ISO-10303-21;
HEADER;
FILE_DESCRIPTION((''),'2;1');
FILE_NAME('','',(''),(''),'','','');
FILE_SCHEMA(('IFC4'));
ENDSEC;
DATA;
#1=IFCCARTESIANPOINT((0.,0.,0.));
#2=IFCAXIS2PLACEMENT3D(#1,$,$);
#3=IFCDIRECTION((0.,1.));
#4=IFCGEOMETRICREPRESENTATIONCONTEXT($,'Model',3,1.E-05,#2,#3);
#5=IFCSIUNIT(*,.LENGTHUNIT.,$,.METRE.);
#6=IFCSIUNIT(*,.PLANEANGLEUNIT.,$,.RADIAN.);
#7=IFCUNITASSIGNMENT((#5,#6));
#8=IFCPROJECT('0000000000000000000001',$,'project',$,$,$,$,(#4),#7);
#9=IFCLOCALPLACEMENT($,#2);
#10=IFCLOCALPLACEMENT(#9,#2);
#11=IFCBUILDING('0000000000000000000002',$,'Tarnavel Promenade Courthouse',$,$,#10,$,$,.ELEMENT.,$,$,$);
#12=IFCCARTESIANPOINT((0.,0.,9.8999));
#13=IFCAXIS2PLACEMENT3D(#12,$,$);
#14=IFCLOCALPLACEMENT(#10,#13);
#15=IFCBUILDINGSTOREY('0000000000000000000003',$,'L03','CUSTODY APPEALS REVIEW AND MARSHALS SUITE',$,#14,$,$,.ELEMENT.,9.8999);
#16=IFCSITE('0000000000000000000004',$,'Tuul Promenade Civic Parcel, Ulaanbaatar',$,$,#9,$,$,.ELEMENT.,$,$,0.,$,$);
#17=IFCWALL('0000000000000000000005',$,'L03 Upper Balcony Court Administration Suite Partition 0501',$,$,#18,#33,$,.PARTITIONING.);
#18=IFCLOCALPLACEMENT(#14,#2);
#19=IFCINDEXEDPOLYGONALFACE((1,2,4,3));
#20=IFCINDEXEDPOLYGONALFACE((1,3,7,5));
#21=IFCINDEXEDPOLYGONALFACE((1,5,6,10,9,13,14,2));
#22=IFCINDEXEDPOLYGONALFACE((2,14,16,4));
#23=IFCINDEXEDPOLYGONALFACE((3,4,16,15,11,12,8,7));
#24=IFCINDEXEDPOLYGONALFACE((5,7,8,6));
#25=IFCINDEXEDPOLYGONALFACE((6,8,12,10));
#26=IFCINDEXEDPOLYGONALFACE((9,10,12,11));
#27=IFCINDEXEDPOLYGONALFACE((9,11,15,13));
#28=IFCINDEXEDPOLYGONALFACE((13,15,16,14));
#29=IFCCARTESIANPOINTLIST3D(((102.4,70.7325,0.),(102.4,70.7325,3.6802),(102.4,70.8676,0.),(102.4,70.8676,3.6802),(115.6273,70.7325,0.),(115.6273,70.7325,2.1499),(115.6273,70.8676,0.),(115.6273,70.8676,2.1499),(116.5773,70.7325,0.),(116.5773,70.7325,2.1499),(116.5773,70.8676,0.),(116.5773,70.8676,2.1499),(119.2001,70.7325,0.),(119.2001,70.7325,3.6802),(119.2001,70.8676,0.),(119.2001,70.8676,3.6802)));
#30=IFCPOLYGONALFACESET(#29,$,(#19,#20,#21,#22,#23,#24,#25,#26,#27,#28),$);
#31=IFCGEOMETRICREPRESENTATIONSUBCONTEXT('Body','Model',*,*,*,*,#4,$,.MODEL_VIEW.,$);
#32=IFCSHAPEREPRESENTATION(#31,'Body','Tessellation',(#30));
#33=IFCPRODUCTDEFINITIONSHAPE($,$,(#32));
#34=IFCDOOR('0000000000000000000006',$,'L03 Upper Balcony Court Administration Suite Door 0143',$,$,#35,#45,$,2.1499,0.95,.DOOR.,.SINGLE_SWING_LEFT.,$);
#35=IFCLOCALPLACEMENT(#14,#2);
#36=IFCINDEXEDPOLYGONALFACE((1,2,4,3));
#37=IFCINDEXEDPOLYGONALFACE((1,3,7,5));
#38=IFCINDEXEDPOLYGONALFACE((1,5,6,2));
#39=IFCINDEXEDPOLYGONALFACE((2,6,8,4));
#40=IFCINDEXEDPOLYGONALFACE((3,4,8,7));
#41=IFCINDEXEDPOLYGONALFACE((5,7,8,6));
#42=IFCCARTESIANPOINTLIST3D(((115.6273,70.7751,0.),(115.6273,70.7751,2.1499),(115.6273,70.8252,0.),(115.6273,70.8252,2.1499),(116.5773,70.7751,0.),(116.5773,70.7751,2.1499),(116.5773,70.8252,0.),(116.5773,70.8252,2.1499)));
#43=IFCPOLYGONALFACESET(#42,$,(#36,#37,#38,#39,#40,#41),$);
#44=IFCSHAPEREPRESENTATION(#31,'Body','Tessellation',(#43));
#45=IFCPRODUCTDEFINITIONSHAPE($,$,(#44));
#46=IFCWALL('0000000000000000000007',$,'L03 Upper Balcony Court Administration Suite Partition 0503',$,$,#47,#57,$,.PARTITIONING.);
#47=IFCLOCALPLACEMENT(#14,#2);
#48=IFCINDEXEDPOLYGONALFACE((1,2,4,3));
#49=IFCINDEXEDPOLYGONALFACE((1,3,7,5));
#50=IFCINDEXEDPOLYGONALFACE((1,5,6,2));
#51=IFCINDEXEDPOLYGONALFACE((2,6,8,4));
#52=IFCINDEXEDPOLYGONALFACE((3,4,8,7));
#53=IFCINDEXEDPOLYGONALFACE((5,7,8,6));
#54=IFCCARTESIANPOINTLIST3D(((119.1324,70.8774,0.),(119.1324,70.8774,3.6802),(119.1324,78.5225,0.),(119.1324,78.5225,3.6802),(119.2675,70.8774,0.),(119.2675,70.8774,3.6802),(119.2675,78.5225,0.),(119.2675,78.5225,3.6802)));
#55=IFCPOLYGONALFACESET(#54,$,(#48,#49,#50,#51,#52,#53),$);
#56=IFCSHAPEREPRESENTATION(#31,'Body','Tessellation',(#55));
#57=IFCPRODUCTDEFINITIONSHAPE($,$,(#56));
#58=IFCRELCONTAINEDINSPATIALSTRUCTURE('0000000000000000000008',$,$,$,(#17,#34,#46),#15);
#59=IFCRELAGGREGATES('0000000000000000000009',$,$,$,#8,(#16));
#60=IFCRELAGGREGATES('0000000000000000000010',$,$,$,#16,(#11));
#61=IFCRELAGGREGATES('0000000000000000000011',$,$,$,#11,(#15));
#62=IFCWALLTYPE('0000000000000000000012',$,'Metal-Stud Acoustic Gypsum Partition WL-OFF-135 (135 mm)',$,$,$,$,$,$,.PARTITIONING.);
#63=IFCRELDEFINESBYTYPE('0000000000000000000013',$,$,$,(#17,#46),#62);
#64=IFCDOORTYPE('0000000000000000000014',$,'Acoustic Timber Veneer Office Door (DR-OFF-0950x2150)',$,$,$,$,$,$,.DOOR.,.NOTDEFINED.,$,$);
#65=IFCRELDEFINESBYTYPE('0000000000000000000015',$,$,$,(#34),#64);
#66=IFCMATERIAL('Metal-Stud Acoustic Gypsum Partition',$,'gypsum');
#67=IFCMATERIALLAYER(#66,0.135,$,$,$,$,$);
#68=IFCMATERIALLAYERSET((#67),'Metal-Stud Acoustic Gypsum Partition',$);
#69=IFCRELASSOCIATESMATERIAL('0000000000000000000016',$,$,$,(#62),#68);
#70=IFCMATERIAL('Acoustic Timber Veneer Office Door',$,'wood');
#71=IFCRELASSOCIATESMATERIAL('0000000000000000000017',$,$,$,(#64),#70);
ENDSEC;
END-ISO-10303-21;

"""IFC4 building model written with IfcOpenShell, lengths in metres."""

from ifc_helpers import new_model, si_unit, direction, frame, frame_2d, origin, place, context, subcontext, project, spatial, rectangle, extrude, material, layer, layer_set, type_object, element, fill, save


model = new_model("IFC4")

# Units and contexts
model_context = context("Model", 3, precision=1e-05, world=origin(), true_north=direction((0.0, 1.0)))
body_context = subcontext(model_context, "Body", "Model", "MODEL_VIEW")
ifc_project = project(units=[si_unit("LENGTHUNIT", "METRE"), si_unit("PLANEANGLEUNIT", "RADIAN")], contexts=[model_context])

# Site, building, storey
site_placement = place(None, origin())
site = spatial("IfcSite", under=ifc_project, at=site_placement, Name="Tuul Promenade Civic Parcel, Ulaanbaatar", CompositionType="ELEMENT", RefElevation=0.0)
building_placement = place(site_placement, origin())
building = spatial("IfcBuilding", under=site, at=building_placement, Name="Tarnavel Promenade Courthouse", CompositionType="ELEMENT")
storey_placement = place(building_placement, frame((0.0, 0.0, 9.8999)))
storey = spatial("IfcBuildingStorey", under=building, at=storey_placement, Name="L03", Description="CUSTODY APPEALS REVIEW AND MARSHALS SUITE", CompositionType="ELEMENT", Elevation=9.8999)

# Wall, opening, door
ifc_material_1 = material(Name="Metal-Stud Acoustic Gypsum Partition", Category="gypsum")
ifc_layer_1 = layer(ifc_material_1, 0.135)
ifc_layer_set_1 = layer_set([ifc_layer_1], Name="Metal-Stud Acoustic Gypsum Partition")
wall_type = type_object("IfcWallType", Name="Metal-Stud Acoustic Gypsum Partition WL-OFF-135 (135 mm)", PredefinedType="PARTITIONING", material=ifc_layer_set_1)
wall_1_placement = place(storey_placement, frame((119.2, 70.8, 0.0), z_axis=(0.0, 0.0, 1.0), x_axis=(-1.0, 0.0, 0.0)))
wall_1 = element("IfcWall", 1, at=wall_1_placement, inside=storey, type_object=wall_type, Name="L03 Upper Balcony Court Administration Suite Partition 0501", PredefinedType="PARTITIONING", context=body_context, shape_type="SweptSolid", body=[
    extrude(rectangle(XDim=16.8, YDim=0.135, at=frame_2d((8.3999, 0.0))), origin(), (0.0, 0.0, 1.0), 3.6802),
])
opening_placement = place(wall_1_placement, frame((2.6226, 0.0, 0.0)))
opening = element("IfcOpeningElement", 2, at=opening_placement, cuts=wall_1, PredefinedType="OPENING", context=body_context, shape_type="SweptSolid", body=[
    extrude(rectangle(XDim=0.95, YDim=2.1499, at=frame_2d((0.4751, 1.075))), frame((0.0, 0.0774, 0.0), z_axis=(0.0, -1.0, 0.0), x_axis=(1.0, 0.0, 0.0)), (0.0, 0.0, 1.0), 0.155),
])
ifc_material_2 = material(Name="Acoustic Timber Veneer Office Door", Category="wood")
door_type = type_object("IfcDoorType", Name="Acoustic Timber Veneer Office Door (DR-OFF-0950x2150)", OperationType="NOTDEFINED", PredefinedType="DOOR", material=ifc_material_2)
door_placement = place(opening_placement, origin())
door = element("IfcDoor", 3, at=door_placement, inside=storey, type_object=door_type, Name="L03 Upper Balcony Court Administration Suite Door 0143", OperationType="SINGLE_SWING_LEFT", OverallHeight=2.1499, OverallWidth=0.95, PredefinedType="DOOR", context=body_context, shape_type="SweptSolid", body=[
    extrude(rectangle(XDim=0.95, YDim=2.1499, at=frame_2d((0.4751, 1.075))), frame((0.0, 0.0249, 0.0), z_axis=(0.0, -1.0, 0.0), x_axis=(1.0, 0.0, 0.0)), (0.0, 0.0, 1.0), 0.05),
])
fill(opening, door)

# Wall
wall_2_placement = place(storey_placement, frame((119.2, 78.5225, 0.0), z_axis=(0.0, 0.0, 1.0), x_axis=(0.0, -1.0, 0.0)))
element("IfcWall", 4, at=wall_2_placement, inside=storey, type_object=wall_type, Name="L03 Upper Balcony Court Administration Suite Partition 0503", PredefinedType="PARTITIONING", context=body_context, shape_type="SweptSolid", body=[
    extrude(rectangle(XDim=7.645, YDim=0.135, at=frame_2d((3.8225, 0.0))), origin(), (0.0, 0.0, 1.0), 3.6802),
])

save(model, "model.ifc")
